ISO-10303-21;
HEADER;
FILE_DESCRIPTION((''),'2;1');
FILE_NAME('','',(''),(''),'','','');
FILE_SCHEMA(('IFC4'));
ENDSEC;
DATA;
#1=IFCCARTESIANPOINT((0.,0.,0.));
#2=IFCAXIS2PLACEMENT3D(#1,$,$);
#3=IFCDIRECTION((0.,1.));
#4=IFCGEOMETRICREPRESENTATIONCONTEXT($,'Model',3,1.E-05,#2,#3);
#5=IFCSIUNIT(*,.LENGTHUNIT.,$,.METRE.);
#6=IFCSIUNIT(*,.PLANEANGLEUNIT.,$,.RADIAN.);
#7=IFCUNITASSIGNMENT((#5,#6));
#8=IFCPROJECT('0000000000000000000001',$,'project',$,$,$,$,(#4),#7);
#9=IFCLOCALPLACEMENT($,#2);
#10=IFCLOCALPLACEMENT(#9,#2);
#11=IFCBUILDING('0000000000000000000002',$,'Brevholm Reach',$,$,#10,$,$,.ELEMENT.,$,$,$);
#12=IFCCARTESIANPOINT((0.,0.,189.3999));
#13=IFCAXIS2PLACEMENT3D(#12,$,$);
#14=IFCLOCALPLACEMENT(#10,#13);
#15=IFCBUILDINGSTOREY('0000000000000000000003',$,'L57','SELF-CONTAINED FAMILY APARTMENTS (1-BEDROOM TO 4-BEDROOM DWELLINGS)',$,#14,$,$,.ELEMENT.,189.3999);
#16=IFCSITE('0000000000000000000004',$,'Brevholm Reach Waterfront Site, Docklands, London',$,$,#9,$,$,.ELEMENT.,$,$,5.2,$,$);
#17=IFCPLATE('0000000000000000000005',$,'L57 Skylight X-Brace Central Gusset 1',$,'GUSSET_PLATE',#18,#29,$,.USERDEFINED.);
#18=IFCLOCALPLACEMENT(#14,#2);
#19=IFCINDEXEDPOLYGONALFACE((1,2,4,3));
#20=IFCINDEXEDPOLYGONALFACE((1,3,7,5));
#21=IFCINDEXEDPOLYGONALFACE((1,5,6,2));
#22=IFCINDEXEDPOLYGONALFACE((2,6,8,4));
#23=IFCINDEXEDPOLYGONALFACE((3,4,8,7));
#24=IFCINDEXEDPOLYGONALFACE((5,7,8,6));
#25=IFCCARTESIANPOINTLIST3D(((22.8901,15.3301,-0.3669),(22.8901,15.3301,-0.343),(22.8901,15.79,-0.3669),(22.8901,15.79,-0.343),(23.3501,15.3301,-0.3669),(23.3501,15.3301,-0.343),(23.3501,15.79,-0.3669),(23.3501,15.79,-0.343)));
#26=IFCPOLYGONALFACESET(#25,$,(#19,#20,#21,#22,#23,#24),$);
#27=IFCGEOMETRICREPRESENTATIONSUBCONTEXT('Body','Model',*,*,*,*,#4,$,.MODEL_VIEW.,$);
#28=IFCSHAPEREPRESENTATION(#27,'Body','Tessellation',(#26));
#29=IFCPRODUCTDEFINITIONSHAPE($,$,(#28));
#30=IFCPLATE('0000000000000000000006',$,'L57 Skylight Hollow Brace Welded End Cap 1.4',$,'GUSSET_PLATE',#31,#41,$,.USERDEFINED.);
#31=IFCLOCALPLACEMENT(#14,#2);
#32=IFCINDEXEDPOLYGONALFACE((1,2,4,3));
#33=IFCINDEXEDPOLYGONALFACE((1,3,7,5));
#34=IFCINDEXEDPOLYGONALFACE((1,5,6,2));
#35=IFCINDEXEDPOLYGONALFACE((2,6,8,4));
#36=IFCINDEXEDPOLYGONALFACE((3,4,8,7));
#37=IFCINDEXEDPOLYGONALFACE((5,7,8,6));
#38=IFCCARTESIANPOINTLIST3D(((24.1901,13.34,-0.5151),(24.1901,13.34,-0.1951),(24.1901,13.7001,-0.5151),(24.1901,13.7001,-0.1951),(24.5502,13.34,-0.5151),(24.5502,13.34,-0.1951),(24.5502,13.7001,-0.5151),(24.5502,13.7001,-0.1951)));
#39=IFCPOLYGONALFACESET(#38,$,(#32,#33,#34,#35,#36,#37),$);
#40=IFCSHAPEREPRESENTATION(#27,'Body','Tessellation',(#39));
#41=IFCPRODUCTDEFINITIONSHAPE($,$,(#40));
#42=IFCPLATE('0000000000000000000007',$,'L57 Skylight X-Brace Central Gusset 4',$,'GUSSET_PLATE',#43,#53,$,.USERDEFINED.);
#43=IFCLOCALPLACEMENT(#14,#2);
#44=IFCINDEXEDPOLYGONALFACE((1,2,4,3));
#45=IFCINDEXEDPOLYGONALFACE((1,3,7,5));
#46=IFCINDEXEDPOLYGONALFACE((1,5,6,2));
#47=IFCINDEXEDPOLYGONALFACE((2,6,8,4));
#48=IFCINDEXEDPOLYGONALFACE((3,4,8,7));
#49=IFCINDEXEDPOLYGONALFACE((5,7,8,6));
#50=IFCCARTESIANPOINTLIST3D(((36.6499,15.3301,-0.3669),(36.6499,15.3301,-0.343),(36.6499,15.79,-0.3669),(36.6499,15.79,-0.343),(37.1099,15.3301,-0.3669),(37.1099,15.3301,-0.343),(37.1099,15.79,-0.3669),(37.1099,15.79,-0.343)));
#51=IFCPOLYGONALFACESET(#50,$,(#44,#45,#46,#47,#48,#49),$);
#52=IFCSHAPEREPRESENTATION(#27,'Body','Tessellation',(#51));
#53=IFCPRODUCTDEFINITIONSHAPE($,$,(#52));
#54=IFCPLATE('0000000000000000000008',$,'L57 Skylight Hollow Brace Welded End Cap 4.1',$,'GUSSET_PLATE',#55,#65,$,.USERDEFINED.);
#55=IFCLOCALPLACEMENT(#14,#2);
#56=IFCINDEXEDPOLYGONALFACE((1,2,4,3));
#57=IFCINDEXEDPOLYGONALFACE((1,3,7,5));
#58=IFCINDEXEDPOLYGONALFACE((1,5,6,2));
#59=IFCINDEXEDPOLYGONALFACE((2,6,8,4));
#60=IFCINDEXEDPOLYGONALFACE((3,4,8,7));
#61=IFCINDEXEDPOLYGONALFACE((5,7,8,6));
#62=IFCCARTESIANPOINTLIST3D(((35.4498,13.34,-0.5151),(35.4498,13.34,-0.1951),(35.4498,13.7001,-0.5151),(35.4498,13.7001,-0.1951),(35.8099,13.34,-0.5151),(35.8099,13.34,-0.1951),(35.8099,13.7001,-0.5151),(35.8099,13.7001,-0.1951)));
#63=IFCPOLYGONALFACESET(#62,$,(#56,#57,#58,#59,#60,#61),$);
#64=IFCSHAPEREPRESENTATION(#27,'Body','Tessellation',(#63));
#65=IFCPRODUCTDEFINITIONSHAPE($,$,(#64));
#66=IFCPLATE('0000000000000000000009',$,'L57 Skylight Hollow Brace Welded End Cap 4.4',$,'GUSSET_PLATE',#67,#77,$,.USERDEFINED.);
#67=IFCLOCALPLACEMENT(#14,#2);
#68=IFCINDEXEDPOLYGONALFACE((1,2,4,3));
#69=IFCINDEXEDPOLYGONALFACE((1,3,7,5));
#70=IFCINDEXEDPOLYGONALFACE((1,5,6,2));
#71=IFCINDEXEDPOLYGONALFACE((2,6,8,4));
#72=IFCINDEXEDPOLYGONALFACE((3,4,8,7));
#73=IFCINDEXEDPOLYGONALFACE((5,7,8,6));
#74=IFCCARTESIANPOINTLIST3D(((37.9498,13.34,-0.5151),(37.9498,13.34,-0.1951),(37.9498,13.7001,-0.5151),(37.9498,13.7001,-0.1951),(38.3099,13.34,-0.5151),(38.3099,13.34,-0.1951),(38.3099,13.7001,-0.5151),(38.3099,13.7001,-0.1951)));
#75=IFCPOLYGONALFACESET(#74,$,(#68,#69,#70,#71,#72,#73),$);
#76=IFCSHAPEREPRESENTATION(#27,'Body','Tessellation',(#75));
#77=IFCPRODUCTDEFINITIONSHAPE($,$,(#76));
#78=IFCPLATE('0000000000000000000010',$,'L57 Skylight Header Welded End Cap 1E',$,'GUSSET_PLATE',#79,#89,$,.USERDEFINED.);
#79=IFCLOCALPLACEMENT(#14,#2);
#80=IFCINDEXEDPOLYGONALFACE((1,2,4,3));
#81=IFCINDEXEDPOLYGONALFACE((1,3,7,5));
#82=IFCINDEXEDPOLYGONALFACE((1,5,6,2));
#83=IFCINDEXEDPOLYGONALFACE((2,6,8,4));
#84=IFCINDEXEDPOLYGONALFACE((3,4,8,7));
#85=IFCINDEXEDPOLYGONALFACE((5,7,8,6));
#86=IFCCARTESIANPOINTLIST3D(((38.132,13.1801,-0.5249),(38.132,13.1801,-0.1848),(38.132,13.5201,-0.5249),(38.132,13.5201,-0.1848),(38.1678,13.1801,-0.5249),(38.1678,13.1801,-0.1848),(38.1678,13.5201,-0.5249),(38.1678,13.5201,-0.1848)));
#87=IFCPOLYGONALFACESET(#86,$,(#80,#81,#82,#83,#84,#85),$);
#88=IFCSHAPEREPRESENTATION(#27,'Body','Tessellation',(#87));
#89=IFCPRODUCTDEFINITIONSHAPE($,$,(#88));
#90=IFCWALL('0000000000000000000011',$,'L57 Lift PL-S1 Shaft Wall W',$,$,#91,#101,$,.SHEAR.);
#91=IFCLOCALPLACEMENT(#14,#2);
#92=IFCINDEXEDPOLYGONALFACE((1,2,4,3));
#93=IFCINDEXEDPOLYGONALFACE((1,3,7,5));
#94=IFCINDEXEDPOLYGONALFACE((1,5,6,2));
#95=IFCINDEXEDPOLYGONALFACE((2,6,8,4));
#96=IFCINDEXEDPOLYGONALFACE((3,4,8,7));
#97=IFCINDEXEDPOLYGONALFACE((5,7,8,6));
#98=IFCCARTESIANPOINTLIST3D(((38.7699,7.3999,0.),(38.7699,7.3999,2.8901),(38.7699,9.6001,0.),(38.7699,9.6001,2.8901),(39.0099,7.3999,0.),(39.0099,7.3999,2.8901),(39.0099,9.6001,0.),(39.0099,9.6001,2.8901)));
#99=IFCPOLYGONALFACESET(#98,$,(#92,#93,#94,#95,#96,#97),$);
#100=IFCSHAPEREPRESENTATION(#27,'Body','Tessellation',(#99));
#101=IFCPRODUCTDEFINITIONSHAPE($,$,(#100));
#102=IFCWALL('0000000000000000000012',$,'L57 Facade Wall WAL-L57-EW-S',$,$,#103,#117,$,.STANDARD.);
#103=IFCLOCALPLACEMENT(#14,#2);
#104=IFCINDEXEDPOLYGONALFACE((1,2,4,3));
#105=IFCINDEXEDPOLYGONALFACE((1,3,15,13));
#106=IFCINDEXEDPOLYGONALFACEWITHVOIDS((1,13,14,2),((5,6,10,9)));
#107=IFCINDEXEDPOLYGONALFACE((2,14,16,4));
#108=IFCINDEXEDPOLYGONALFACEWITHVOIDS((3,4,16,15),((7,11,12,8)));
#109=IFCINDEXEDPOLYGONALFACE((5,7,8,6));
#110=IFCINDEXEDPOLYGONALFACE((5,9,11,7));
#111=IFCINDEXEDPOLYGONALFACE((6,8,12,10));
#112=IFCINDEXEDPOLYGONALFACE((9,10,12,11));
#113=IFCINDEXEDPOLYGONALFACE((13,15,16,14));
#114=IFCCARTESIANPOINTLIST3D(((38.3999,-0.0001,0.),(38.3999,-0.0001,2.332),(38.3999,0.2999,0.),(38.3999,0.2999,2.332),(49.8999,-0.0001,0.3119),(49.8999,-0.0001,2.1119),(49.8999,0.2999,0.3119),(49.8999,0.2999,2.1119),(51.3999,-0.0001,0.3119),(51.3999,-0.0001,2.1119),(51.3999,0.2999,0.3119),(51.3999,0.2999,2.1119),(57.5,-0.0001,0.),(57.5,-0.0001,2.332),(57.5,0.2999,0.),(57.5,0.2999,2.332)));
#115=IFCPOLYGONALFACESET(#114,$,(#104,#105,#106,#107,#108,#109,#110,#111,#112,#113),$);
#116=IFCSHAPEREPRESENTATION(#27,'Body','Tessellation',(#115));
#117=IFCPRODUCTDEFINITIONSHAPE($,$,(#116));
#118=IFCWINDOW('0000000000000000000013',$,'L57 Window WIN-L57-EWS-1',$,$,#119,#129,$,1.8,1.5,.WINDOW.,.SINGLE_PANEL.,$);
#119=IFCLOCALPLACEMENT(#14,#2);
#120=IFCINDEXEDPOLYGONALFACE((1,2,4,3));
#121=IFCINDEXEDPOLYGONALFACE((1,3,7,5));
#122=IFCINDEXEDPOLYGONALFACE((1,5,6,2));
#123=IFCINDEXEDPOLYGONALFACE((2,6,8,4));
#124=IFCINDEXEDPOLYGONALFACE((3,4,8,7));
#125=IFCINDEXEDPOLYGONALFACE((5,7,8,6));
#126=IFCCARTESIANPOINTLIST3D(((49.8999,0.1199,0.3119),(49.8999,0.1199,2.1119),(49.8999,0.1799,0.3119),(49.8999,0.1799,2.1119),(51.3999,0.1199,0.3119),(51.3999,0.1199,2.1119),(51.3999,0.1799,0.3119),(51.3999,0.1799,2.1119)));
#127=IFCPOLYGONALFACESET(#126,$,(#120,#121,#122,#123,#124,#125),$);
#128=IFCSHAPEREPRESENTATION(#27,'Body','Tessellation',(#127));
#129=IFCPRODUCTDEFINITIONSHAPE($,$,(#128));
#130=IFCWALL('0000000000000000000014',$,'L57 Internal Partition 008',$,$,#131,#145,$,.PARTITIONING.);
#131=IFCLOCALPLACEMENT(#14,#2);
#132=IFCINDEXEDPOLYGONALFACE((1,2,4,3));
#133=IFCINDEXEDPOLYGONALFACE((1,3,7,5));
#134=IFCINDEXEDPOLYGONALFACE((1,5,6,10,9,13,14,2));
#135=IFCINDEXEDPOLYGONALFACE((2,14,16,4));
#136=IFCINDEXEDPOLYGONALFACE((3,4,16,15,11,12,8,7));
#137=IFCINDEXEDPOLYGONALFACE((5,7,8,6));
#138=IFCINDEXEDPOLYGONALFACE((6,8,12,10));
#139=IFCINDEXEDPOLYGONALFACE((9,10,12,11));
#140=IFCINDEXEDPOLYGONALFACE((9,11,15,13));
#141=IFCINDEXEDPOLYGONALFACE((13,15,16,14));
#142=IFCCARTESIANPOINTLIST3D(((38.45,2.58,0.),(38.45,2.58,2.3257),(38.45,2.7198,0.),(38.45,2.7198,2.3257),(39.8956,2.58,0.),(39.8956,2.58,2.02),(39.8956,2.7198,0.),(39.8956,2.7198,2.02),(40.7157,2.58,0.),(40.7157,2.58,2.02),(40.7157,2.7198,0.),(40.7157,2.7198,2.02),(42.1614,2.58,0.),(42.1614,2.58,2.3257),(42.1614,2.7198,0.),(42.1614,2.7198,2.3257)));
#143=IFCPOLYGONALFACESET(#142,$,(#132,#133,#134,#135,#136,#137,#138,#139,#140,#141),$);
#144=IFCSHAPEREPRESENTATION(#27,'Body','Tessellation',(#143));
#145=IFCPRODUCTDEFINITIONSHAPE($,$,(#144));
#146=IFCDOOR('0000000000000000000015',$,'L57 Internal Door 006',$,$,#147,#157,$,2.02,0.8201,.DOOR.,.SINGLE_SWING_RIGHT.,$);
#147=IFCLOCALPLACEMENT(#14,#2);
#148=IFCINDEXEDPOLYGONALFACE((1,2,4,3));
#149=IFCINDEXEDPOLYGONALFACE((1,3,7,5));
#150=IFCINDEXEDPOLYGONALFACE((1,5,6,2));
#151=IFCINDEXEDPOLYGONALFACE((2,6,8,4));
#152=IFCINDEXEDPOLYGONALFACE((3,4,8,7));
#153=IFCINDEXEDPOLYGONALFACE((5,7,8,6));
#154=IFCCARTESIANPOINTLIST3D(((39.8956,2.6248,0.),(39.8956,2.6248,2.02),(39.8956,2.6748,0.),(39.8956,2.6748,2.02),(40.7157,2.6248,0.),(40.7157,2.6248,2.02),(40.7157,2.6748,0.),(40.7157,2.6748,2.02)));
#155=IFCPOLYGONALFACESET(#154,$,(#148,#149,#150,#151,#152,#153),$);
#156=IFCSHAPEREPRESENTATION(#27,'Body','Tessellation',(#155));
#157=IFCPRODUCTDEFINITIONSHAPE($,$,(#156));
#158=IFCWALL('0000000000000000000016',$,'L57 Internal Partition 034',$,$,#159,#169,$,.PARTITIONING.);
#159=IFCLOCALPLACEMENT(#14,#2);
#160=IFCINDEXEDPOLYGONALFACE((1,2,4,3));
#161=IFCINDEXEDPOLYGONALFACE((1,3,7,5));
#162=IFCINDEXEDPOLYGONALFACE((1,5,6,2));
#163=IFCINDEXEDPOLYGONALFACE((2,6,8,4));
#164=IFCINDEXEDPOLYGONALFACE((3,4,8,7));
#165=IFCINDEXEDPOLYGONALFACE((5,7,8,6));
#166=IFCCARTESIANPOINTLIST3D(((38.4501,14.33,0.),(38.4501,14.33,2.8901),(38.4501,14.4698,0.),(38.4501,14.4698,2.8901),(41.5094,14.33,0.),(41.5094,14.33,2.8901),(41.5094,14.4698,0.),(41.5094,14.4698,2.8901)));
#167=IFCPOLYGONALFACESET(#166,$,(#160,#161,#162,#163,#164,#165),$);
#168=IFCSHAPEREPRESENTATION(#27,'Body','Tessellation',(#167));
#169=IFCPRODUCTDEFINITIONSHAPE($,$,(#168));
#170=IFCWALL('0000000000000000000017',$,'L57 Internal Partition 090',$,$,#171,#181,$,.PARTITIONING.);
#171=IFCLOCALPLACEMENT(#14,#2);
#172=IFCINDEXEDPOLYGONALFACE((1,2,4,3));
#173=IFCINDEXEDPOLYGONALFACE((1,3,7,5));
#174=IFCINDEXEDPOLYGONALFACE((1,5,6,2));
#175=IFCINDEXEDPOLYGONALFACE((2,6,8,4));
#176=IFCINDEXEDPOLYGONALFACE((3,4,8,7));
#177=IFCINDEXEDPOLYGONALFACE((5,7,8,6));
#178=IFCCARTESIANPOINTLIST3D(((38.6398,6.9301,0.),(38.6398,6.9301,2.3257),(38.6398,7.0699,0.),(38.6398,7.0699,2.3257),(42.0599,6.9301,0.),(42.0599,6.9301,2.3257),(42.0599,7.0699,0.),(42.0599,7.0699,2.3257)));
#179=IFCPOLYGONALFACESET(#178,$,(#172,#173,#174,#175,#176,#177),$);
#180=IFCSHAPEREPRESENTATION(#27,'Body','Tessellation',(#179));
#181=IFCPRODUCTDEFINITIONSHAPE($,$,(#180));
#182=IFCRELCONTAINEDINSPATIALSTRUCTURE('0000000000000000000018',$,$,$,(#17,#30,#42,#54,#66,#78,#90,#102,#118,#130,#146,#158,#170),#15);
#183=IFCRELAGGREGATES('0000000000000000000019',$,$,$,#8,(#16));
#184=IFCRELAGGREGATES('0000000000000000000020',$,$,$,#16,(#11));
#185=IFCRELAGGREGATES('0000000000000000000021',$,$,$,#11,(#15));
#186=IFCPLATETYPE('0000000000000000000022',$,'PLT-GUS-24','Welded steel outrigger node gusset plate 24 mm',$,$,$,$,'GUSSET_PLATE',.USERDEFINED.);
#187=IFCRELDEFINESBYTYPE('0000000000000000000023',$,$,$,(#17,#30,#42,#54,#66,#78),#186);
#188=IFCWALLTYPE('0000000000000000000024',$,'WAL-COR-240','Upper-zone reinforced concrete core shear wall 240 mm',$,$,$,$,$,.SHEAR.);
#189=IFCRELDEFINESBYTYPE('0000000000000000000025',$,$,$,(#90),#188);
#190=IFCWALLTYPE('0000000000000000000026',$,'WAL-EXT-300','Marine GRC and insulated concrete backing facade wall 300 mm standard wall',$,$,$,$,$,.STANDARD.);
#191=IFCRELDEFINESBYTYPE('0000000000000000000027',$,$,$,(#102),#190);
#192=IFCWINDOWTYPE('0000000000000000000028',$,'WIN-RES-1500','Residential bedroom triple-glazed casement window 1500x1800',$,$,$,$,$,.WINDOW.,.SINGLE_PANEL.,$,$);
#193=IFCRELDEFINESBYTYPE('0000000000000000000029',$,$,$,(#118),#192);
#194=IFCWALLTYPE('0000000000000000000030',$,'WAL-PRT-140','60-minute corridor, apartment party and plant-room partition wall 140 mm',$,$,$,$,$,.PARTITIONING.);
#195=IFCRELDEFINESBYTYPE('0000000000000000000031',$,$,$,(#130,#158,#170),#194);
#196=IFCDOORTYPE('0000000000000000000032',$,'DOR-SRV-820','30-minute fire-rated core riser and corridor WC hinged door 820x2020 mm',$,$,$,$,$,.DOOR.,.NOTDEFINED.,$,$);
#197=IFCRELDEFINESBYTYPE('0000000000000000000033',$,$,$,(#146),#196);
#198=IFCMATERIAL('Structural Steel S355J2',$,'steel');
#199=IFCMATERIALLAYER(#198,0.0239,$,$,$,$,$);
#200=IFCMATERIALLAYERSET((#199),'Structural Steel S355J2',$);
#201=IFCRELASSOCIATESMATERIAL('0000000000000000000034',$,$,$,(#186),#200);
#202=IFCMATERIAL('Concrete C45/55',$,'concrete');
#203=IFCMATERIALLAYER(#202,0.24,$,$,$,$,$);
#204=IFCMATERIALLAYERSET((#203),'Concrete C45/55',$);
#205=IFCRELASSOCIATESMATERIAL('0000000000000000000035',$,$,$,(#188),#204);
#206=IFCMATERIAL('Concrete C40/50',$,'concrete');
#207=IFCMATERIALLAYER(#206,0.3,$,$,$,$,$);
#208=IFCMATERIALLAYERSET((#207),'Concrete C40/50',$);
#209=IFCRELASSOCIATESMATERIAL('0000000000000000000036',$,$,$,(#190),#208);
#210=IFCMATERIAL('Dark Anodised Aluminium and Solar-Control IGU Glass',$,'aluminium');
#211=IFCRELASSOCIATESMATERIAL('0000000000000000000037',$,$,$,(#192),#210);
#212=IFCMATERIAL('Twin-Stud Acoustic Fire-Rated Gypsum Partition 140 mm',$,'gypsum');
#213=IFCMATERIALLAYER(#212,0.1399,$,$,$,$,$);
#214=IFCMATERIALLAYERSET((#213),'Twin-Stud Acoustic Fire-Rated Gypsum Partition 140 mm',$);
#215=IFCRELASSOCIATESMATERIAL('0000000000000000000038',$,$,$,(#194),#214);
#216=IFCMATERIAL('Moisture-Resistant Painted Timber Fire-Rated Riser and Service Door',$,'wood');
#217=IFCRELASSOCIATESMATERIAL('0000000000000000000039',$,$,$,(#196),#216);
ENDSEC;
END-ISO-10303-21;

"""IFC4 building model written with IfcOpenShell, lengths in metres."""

from ifc_helpers import new_model, si_unit, direction, frame, frame_2d, origin, origin_2d, place, context, subcontext, project, spatial, rectangle, extrude, material, layer, layer_set, type_object, element, fill, save


model = new_model("IFC4")

# Units and contexts
model_context = context("Model", 3, precision=1e-05, world=origin(), true_north=direction((0.0, 1.0)))
body_context = subcontext(model_context, "Body", "Model", "MODEL_VIEW")
ifc_project = project(units=[si_unit("LENGTHUNIT", "METRE"), si_unit("PLANEANGLEUNIT", "RADIAN")], contexts=[model_context])

# Site, building, storey
site_placement = place(None, origin())
site = spatial("IfcSite", under=ifc_project, at=site_placement, Name="Brevholm Reach Waterfront Site, Docklands, London", CompositionType="ELEMENT", RefElevation=5.2)
building_placement = place(site_placement, origin())
building = spatial("IfcBuilding", under=site, at=building_placement, Name="Brevholm Reach", CompositionType="ELEMENT")
storey_placement = place(building_placement, frame((0.0, 0.0, 189.3999)))
storey = spatial("IfcBuildingStorey", under=building, at=storey_placement, Name="L57", Description="SELF-CONTAINED FAMILY APARTMENTS (1-BEDROOM TO 4-BEDROOM DWELLINGS)", CompositionType="ELEMENT", Elevation=189.3999)

# Plates
ifc_material_1 = material(Name="Structural Steel S355J2", Category="steel")
ifc_layer_1 = layer(ifc_material_1, 0.0239)
ifc_layer_set_1 = layer_set([ifc_layer_1], Name="Structural Steel S355J2")
plate_type = type_object("IfcPlateType", Name="PLT-GUS-24", Description="Welded steel outrigger node gusset plate 24 mm", ElementType="GUSSET_PLATE", PredefinedType="USERDEFINED", material=ifc_layer_set_1)
plate_1_placement = place(storey_placement, frame((23.1201, 15.5601, -0.3669), z_axis=(0.0, 0.0, 1.0), x_axis=(1.0, 0.0, 0.0)))
element("IfcPlate", 1, at=plate_1_placement, inside=storey, type_object=plate_type, Name="L57 Skylight X-Brace Central Gusset 1", ObjectType="GUSSET_PLATE", PredefinedType="USERDEFINED", context=body_context, shape_type="SweptSolid", body=[
    extrude(rectangle(XDim=0.46, YDim=0.46, at=origin_2d()), origin(), (0.0, 0.0, 1.0), 0.0239),
])
plate_2_placement = place(storey_placement, frame((24.3701, 13.52, -0.5151), z_axis=(0.0, 0.0, 1.0), x_axis=(1.0, 0.0, 0.0)))
element("IfcPlate", 2, at=plate_2_placement, inside=storey, type_object=plate_type, Name="L57 Skylight Hollow Brace Welded End Cap 1.4", ObjectType="GUSSET_PLATE", PredefinedType="USERDEFINED", context=body_context, shape_type="SweptSolid", body=[
    extrude(rectangle(XDim=0.3601, YDim=0.3601, at=origin_2d()), origin(), (0.0, 0.0, 1.0), 0.3201),
])
plate_3_placement = place(storey_placement, frame((36.8799, 15.5601, -0.3669), z_axis=(0.0, 0.0, 1.0), x_axis=(1.0, 0.0, 0.0)))
element("IfcPlate", 3, at=plate_3_placement, inside=storey, type_object=plate_type, Name="L57 Skylight X-Brace Central Gusset 4", ObjectType="GUSSET_PLATE", PredefinedType="USERDEFINED", context=body_context, shape_type="SweptSolid", body=[
    extrude(rectangle(XDim=0.46, YDim=0.46, at=origin_2d()), origin(), (0.0, 0.0, 1.0), 0.0239),
])
for number, where, z_axis, x_axis, name in (
    (4, (35.6299, 13.52, -0.5151), (0.0, 0.0, 1.0), (1.0, 0.0, 0.0), "L57 Skylight Hollow Brace Welded End Cap 4.1"),
    (5, (38.1299, 13.52, -0.5151), (0.0, 0.0, 1.0), (1.0, 0.0, 0.0), "L57 Skylight Hollow Brace Welded End Cap 4.4"),
):
    element("IfcPlate", number, at=place(storey_placement, frame(where, z_axis=z_axis, x_axis=x_axis)), inside=storey, type_object=plate_type, Name=name, ObjectType="GUSSET_PLATE", PredefinedType="USERDEFINED", context=body_context, shape_type="SweptSolid", body=[
        extrude(rectangle(XDim=0.3601, YDim=0.3601, at=origin_2d()), origin(), (0.0, 0.0, 1.0), 0.3201),
    ])
plate_4_placement = place(storey_placement, frame((38.1499, 13.3501, -0.5249), z_axis=(0.0, 0.0, 1.0), x_axis=(1.0, 0.0, 0.0)))
element("IfcPlate", 6, at=plate_4_placement, inside=storey, type_object=plate_type, Name="L57 Skylight Header Welded End Cap 1E", ObjectType="GUSSET_PLATE", PredefinedType="USERDEFINED", context=body_context, shape_type="SweptSolid", body=[
    extrude(rectangle(XDim=0.0359, YDim=0.3401, at=origin_2d()), origin(), (0.0, 0.0, 1.0), 0.3401),
])

# Wall
ifc_material_2 = material(Name="Concrete C45/55", Category="concrete")
ifc_layer_2 = layer(ifc_material_2, 0.24)
ifc_layer_set_2 = layer_set([ifc_layer_2], Name="Concrete C45/55")
wall_type_1 = type_object("IfcWallType", Name="WAL-COR-240", Description="Upper-zone reinforced concrete core shear wall 240 mm", PredefinedType="SHEAR", material=ifc_layer_set_2)
wall_1_placement = place(storey_placement, frame((38.8899, 7.3999, 0.0), z_axis=(0.0, 0.0, 1.0), x_axis=(0.0, 1.0, 0.0)))
element("IfcWall", 7, at=wall_1_placement, inside=storey, type_object=wall_type_1, Name="L57 Lift PL-S1 Shaft Wall W", PredefinedType="SHEAR", context=body_context, shape_type="SweptSolid", body=[
    extrude(rectangle(XDim=2.2002, YDim=0.24, at=frame_2d((1.1001, 0.0))), origin(), (0.0, 0.0, 1.0), 2.8901),
])

# Wall, opening, window
ifc_material_3 = material(Name="Concrete C40/50", Category="concrete")
ifc_layer_3 = layer(ifc_material_3, 0.3)
ifc_layer_set_3 = layer_set([ifc_layer_3], Name="Concrete C40/50")
wall_type_2 = type_object("IfcWallType", Name="WAL-EXT-300", Description="Marine GRC and insulated concrete backing facade wall 300 mm standard wall", PredefinedType="STANDARD", material=ifc_layer_set_3)
wall_2_placement = place(storey_placement, frame((38.3999, 0.1499, 0.0), z_axis=(0.0, 0.0, 1.0), x_axis=(1.0, 0.0, 0.0)))
wall_2 = element("IfcWall", 8, at=wall_2_placement, inside=storey, type_object=wall_type_2, Name="L57 Facade Wall WAL-L57-EW-S", PredefinedType="STANDARD", context=body_context, shape_type="SweptSolid", body=[
    extrude(rectangle(XDim=19.1001, YDim=0.3, at=frame_2d((9.55, 0.0))), origin(), (0.0, 0.0, 1.0), 2.332),
])
opening_1_placement = place(wall_2_placement, frame((11.5, 0.0, 0.312)))
opening_1 = element("IfcOpeningElement", 9, at=opening_1_placement, cuts=wall_2, PredefinedType="OPENING", context=body_context, shape_type="SweptSolid", body=[
    extrude(rectangle(XDim=1.5, YDim=1.8, at=frame_2d((0.75, 0.8999))), frame((0.0, 0.1599, 0.0), z_axis=(0.0, -1.0, 0.0), x_axis=(1.0, 0.0, 0.0)), (0.0, 0.0, 1.0), 0.3201),
])
ifc_material_4 = material(Name="Dark Anodised Aluminium and Solar-Control IGU Glass", Category="aluminium")
window_type = type_object("IfcWindowType", Name="WIN-RES-1500", Description="Residential bedroom triple-glazed casement window 1500x1800", PartitioningType="SINGLE_PANEL", PredefinedType="WINDOW", material=ifc_material_4)
window_placement = place(opening_1_placement, origin())
window = element("IfcWindow", 10, at=window_placement, inside=storey, type_object=window_type, Name="L57 Window WIN-L57-EWS-1", OverallHeight=1.8, OverallWidth=1.5, PartitioningType="SINGLE_PANEL", PredefinedType="WINDOW", context=body_context, shape_type="SweptSolid", body=[
    extrude(rectangle(XDim=1.5, YDim=1.8, at=frame_2d((0.75, 0.8999))), frame((0.0, 0.03, 0.0), z_axis=(0.0, -1.0, 0.0), x_axis=(1.0, 0.0, 0.0)), (0.0, 0.0, 1.0), 0.0601),
])
fill(opening_1, window)

# Wall, opening, door
ifc_material_5 = material(Name="Twin-Stud Acoustic Fire-Rated Gypsum Partition 140 mm", Category="gypsum")
ifc_layer_4 = layer(ifc_material_5, 0.1399)
ifc_layer_set_4 = layer_set([ifc_layer_4], Name="Twin-Stud Acoustic Fire-Rated Gypsum Partition 140 mm")
wall_type_3 = type_object("IfcWallType", Name="WAL-PRT-140", Description="60-minute corridor, apartment party and plant-room partition wall 140 mm", PredefinedType="PARTITIONING", material=ifc_layer_set_4)
wall_3_placement = place(storey_placement, frame((38.45, 2.6499, 0.0), z_axis=(0.0, 0.0, 1.0), x_axis=(1.0, 0.0, 0.0)))
wall_3 = element("IfcWall", 11, at=wall_3_placement, inside=storey, type_object=wall_type_3, Name="L57 Internal Partition 008", PredefinedType="PARTITIONING", context=body_context, shape_type="SweptSolid", body=[
    extrude(rectangle(XDim=3.7114, YDim=0.1399, at=frame_2d((1.8557, 0.0))), origin(), (0.0, 0.0, 1.0), 2.3257),
])
opening_2_placement = place(wall_3_placement, frame((1.4456, 0.0, 0.0)))
opening_2 = element("IfcOpeningElement", 12, at=opening_2_placement, cuts=wall_3, PredefinedType="OPENING", context=body_context, shape_type="SweptSolid", body=[
    extrude(rectangle(XDim=0.8201, YDim=2.02, at=frame_2d((0.4102, 1.01))), frame((0.0, 0.0798, 0.0), z_axis=(0.0, -1.0, 0.0), x_axis=(1.0, 0.0, 0.0)), (0.0, 0.0, 1.0), 0.1599),
])
ifc_material_6 = material(Name="Moisture-Resistant Painted Timber Fire-Rated Riser and Service Door", Category="wood")
door_type = type_object("IfcDoorType", Name="DOR-SRV-820", Description="30-minute fire-rated core riser and corridor WC hinged door 820x2020 mm", OperationType="NOTDEFINED", PredefinedType="DOOR", material=ifc_material_6)
door_placement = place(opening_2_placement, origin())
door = element("IfcDoor", 13, at=door_placement, inside=storey, type_object=door_type, Name="L57 Internal Door 006", OperationType="SINGLE_SWING_RIGHT", OverallHeight=2.02, OverallWidth=0.8201, PredefinedType="DOOR", context=body_context, shape_type="SweptSolid", body=[
    extrude(rectangle(XDim=0.8201, YDim=2.02, at=frame_2d((0.4102, 1.01))), frame((0.0, 0.0249, 0.0), z_axis=(0.0, -1.0, 0.0), x_axis=(1.0, 0.0, 0.0)), (0.0, 0.0, 1.0), 0.05),
])
fill(opening_2, door)

# Walls
wall_4_placement = place(storey_placement, frame((38.45, 14.3999, 0.0), z_axis=(0.0, 0.0, 1.0), x_axis=(1.0, 0.0, 0.0)))
element("IfcWall", 14, at=wall_4_placement, inside=storey, type_object=wall_type_3, Name="L57 Internal Partition 034", PredefinedType="PARTITIONING", context=body_context, shape_type="SweptSolid", body=[
    extrude(rectangle(XDim=3.0593, YDim=0.1399, at=frame_2d((1.5298, 0.0))), origin(), (0.0, 0.0, 1.0), 2.8901),
])
wall_5_placement = place(storey_placement, frame((38.6399, 7.0, 0.0), z_axis=(0.0, 0.0, 1.0), x_axis=(1.0, 0.0, 0.0)))
element("IfcWall", 15, at=wall_5_placement, inside=storey, type_object=wall_type_3, Name="L57 Internal Partition 090", PredefinedType="PARTITIONING", context=body_context, shape_type="SweptSolid", body=[
    extrude(rectangle(XDim=3.4202, YDim=0.1399, at=frame_2d((1.71, 0.0))), origin(), (0.0, 0.0, 1.0), 2.3257),
])

save(model, "model.ifc")
